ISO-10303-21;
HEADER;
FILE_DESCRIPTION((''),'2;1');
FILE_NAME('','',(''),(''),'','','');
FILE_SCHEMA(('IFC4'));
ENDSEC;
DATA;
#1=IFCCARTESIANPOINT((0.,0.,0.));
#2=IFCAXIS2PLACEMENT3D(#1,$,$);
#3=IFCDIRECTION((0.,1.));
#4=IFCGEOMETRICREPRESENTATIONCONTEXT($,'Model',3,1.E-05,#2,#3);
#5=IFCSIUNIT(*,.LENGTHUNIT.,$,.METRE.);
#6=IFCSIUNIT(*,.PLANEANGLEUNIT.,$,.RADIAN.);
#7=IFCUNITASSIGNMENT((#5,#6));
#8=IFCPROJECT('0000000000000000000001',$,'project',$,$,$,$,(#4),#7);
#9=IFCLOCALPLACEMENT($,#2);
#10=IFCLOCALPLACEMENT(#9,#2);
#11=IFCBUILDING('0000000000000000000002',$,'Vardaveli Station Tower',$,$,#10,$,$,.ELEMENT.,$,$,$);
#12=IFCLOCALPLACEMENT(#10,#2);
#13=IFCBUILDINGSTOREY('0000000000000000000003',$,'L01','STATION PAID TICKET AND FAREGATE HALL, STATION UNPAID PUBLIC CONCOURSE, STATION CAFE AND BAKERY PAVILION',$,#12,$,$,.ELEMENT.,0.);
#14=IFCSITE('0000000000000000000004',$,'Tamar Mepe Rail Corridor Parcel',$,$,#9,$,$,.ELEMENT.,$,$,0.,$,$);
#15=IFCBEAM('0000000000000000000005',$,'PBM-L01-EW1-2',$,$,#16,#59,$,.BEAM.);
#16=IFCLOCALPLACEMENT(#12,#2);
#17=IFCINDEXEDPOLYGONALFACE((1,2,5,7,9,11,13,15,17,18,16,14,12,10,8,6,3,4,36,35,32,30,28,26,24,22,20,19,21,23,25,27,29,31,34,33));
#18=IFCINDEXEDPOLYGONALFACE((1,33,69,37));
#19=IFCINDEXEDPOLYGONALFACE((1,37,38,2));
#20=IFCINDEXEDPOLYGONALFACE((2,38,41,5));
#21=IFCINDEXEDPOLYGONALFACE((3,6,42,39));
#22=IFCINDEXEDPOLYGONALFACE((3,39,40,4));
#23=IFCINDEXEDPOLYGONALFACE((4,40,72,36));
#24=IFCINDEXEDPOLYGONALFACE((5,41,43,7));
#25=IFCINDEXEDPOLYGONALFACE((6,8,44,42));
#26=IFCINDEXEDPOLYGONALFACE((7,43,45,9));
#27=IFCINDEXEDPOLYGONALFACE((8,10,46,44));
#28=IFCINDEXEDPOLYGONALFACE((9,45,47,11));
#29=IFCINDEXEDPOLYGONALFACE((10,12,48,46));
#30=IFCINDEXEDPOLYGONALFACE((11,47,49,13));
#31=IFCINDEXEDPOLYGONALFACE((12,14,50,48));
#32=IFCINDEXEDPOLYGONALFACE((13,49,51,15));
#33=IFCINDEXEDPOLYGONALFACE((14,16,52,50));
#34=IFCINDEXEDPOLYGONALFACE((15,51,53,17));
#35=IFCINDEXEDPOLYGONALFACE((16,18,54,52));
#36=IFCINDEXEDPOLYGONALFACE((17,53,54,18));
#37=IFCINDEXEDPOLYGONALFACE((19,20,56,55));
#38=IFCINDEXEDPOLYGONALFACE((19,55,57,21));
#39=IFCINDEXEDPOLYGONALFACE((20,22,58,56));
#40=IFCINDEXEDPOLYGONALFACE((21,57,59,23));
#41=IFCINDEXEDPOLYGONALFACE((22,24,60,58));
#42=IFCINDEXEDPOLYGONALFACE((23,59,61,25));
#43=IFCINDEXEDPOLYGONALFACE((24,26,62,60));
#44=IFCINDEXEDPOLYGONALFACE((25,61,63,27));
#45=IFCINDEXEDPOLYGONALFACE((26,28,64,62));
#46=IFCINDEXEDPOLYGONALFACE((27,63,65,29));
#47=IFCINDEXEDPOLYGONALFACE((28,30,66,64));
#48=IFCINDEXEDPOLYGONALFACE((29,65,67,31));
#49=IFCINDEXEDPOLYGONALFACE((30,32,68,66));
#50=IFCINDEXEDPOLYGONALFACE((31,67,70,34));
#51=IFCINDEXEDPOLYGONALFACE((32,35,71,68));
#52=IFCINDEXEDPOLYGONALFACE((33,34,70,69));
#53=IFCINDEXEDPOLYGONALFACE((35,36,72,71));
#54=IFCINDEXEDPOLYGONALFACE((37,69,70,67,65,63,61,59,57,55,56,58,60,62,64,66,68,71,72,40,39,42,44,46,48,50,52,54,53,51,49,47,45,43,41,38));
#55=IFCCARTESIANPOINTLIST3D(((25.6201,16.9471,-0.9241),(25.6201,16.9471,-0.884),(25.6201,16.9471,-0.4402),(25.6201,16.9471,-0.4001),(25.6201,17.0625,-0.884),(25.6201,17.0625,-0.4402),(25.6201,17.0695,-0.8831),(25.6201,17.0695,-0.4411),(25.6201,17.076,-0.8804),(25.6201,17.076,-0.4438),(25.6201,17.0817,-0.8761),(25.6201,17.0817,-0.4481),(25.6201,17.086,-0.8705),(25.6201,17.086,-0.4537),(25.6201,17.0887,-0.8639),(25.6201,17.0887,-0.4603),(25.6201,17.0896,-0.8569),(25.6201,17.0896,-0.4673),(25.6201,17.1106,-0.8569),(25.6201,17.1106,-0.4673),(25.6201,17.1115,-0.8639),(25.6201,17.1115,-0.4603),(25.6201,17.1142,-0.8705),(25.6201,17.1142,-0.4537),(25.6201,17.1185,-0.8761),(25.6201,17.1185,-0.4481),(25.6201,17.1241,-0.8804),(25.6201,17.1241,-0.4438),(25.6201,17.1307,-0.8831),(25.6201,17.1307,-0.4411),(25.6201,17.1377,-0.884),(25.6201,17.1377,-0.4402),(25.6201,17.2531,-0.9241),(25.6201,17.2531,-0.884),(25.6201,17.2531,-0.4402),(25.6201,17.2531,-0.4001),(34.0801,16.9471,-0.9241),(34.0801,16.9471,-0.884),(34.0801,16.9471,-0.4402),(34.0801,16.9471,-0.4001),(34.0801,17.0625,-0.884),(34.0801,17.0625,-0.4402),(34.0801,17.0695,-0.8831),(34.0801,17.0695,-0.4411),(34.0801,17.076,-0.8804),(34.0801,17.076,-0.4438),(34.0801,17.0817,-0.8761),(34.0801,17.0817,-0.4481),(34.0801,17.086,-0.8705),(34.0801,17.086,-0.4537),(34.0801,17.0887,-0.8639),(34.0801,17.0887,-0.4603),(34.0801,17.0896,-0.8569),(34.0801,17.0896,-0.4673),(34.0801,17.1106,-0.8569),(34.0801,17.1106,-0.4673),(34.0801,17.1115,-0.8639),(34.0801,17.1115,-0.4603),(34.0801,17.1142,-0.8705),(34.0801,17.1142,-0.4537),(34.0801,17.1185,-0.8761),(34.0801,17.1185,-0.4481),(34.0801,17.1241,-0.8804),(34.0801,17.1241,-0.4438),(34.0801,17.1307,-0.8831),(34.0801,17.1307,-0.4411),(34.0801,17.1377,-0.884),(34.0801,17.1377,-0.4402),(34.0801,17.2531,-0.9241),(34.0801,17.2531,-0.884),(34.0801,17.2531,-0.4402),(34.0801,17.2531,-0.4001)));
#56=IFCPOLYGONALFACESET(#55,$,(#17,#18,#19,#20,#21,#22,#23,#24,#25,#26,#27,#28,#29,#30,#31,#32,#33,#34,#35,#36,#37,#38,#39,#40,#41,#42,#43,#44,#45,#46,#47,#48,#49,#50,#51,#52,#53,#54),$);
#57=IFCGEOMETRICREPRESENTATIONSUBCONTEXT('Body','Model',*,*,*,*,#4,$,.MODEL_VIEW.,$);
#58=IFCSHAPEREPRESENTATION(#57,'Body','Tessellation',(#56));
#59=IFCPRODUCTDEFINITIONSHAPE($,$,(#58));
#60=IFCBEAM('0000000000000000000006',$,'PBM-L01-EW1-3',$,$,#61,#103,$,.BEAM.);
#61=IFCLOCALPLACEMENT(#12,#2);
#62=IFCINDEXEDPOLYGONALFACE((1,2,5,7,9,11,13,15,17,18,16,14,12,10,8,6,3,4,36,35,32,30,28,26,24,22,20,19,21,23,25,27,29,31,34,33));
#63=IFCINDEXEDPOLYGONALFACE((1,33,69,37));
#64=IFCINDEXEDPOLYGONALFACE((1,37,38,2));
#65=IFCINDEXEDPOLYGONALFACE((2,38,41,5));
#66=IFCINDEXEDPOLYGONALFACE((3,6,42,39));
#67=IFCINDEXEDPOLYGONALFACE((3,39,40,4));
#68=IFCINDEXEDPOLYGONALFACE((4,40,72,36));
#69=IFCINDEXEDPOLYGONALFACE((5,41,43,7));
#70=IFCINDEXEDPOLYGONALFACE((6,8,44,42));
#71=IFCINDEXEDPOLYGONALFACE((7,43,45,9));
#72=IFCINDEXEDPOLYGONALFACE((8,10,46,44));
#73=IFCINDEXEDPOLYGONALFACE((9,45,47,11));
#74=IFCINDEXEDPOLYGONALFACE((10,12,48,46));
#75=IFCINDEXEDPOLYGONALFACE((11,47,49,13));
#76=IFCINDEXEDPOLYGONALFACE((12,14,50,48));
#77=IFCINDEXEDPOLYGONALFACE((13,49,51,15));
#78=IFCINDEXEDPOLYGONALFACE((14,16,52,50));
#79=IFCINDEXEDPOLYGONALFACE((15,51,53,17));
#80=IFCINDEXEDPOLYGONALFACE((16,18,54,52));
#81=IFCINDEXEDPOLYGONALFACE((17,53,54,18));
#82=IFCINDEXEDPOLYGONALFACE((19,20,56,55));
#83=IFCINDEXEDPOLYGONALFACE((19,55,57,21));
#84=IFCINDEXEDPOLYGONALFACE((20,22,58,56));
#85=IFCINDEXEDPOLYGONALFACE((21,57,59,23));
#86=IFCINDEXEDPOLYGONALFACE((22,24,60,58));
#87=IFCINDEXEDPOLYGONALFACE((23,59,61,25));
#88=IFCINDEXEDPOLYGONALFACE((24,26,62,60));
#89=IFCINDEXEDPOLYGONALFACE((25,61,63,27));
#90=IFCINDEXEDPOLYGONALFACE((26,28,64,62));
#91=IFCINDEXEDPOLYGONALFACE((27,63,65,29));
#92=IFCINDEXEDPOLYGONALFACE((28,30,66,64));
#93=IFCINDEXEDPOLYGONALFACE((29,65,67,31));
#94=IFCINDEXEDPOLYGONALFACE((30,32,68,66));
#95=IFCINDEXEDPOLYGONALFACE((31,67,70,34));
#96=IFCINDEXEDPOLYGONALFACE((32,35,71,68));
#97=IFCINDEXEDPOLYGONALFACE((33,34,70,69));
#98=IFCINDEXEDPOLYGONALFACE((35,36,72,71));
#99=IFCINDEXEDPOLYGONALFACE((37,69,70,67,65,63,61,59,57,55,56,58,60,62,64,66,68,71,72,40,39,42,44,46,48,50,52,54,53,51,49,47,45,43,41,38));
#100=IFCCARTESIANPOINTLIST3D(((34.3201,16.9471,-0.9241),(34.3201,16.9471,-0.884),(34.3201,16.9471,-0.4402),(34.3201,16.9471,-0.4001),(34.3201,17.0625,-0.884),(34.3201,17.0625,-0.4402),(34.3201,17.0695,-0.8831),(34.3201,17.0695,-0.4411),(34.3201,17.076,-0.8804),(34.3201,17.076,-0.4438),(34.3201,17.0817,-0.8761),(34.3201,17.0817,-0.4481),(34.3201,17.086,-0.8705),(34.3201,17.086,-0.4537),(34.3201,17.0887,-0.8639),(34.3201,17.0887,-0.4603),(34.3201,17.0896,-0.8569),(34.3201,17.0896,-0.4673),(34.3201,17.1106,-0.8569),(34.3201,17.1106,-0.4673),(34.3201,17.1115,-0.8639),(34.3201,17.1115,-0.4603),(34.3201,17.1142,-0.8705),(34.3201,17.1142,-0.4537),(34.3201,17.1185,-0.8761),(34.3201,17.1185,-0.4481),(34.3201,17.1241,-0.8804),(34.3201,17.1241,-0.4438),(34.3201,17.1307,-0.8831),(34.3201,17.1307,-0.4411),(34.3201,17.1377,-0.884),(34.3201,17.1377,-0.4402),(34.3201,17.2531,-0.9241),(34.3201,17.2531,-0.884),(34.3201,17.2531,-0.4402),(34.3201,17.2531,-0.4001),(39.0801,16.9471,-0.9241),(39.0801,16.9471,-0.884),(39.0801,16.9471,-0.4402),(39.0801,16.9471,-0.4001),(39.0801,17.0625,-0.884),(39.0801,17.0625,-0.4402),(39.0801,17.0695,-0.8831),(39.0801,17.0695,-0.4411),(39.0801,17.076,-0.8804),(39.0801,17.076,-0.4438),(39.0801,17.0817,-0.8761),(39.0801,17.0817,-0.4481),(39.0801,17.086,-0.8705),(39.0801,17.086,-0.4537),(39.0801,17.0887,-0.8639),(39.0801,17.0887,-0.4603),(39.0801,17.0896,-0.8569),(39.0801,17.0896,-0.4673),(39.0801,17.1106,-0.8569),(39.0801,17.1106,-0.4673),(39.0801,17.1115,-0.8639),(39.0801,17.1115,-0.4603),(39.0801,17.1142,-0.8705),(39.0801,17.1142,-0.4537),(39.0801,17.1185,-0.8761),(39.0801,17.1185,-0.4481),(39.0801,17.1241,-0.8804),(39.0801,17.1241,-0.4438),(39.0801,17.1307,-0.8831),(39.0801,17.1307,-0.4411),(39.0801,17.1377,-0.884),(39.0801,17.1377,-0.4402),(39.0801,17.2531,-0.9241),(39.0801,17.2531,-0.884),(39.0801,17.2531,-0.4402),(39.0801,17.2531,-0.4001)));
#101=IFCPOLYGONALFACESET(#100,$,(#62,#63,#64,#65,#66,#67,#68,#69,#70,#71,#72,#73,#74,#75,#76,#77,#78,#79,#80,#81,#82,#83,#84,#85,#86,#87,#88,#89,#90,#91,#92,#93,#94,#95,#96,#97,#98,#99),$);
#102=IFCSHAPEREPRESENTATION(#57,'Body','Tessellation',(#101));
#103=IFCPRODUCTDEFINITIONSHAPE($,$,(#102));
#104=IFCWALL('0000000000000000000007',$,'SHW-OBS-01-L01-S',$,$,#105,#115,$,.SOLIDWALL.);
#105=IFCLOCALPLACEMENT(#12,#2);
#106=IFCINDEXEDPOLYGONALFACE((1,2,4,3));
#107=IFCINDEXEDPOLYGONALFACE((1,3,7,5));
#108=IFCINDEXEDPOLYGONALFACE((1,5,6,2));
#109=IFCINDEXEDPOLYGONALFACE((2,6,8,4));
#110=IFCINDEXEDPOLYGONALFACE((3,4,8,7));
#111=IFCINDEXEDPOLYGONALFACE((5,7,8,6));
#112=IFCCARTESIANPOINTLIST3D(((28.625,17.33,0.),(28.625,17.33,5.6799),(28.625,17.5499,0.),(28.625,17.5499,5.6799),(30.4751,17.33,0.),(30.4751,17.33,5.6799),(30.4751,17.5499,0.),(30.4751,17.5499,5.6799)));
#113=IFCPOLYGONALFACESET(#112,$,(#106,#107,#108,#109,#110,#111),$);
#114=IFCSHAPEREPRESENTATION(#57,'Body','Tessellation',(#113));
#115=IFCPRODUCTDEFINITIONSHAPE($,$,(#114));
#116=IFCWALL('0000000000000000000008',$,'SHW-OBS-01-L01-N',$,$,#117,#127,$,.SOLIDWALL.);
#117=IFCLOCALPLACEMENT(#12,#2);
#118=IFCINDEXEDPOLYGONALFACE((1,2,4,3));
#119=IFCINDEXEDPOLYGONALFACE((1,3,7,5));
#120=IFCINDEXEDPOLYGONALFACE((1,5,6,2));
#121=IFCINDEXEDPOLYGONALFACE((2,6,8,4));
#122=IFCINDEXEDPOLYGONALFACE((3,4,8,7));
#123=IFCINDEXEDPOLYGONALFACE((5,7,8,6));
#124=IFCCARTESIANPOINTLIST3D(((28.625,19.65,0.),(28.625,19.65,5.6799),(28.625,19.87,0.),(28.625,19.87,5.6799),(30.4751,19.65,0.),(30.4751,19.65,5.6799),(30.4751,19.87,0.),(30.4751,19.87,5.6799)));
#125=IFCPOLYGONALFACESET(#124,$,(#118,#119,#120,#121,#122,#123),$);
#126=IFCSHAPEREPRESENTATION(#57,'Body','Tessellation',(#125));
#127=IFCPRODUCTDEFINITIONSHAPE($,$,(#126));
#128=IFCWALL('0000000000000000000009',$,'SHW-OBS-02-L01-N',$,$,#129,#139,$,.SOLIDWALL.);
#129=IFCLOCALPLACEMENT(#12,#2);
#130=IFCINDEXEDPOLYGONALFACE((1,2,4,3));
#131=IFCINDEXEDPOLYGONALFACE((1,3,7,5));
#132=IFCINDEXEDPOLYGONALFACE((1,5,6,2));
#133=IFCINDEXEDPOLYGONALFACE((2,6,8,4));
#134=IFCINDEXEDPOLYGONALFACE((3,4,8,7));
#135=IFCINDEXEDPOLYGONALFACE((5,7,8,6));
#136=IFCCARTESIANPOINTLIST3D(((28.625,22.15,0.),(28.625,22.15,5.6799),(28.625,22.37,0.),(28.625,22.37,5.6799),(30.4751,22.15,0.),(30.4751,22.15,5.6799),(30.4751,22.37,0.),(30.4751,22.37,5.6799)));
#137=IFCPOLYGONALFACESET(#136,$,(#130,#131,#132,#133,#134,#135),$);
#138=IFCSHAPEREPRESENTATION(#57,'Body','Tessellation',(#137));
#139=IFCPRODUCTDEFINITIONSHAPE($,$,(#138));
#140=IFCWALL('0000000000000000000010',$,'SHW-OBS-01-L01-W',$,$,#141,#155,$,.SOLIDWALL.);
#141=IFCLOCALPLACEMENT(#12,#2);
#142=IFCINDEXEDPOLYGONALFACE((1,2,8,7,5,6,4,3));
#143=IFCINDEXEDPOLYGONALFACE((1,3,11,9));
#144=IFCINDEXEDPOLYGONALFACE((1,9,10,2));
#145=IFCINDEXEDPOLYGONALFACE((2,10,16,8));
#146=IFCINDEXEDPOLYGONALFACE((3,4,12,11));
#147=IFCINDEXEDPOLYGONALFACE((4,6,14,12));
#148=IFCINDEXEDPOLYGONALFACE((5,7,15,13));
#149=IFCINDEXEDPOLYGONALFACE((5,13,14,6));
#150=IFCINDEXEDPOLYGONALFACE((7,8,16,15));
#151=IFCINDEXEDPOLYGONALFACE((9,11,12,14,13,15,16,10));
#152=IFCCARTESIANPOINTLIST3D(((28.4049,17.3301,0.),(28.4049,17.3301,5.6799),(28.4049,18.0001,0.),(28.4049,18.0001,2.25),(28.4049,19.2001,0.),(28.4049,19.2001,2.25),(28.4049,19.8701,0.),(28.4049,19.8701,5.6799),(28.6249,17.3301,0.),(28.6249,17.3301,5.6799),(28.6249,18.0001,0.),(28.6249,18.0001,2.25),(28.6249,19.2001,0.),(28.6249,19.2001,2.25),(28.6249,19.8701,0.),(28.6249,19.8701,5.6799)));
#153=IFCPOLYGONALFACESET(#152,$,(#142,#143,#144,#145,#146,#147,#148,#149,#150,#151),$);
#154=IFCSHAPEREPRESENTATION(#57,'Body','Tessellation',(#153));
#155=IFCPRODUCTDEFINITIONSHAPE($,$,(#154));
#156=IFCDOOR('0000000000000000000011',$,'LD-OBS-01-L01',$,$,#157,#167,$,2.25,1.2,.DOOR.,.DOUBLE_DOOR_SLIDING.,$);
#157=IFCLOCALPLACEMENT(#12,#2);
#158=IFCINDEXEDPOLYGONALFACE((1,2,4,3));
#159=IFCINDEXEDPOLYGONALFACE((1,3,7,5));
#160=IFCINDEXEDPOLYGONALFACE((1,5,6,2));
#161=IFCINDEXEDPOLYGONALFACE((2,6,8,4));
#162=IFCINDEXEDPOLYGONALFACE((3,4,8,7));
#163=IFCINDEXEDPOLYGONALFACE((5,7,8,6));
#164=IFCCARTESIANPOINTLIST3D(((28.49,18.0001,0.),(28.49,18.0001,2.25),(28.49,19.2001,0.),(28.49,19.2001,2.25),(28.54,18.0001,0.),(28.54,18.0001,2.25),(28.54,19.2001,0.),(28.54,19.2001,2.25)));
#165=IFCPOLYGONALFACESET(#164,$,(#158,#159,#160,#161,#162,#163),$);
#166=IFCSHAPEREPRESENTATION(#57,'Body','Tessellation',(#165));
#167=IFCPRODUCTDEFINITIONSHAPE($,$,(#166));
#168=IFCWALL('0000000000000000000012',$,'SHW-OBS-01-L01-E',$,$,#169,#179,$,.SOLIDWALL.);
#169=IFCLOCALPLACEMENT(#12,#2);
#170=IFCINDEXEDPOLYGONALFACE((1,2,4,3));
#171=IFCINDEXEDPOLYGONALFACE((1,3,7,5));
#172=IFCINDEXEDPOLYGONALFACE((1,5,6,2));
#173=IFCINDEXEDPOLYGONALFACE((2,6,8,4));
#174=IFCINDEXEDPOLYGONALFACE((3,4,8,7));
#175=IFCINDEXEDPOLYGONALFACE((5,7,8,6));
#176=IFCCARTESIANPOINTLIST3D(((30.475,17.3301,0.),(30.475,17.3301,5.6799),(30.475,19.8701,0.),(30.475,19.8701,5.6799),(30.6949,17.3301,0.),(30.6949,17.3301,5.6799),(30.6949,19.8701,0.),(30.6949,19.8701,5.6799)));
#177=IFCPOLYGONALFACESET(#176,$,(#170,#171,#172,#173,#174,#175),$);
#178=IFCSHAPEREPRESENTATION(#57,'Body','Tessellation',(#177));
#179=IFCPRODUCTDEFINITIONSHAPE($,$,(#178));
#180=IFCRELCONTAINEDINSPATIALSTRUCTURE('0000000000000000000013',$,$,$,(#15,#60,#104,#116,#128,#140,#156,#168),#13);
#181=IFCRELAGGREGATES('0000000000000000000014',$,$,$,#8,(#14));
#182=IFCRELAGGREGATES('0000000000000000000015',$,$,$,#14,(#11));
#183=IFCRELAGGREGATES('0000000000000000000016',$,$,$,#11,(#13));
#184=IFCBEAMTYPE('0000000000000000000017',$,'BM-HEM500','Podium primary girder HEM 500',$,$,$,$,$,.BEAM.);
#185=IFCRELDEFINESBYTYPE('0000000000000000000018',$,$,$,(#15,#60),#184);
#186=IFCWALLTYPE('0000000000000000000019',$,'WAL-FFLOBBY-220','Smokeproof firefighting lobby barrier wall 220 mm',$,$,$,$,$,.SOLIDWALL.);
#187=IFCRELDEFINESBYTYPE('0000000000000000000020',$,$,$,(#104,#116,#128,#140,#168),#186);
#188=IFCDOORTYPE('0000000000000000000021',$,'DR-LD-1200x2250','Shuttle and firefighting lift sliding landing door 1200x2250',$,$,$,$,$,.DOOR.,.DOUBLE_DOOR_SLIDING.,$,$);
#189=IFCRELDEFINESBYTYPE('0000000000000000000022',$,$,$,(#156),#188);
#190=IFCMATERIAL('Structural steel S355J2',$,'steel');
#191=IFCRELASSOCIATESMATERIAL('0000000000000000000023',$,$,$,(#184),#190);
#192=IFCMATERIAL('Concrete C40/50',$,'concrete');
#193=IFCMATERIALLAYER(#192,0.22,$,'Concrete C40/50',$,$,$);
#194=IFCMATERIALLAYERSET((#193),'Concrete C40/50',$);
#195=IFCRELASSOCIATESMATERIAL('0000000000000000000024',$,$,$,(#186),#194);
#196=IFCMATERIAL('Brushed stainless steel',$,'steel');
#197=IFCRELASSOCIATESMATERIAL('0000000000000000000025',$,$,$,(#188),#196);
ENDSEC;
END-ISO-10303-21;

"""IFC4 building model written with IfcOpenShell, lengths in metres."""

from ifc_helpers import new_model, si_unit, direction, frame, frame_2d, origin, origin_2d, place, context, subcontext, project, spatial, rectangle, i_section, extrude, source, transform, mapped, material, layer, layer_set, material_profile, profile_set, type_object, element, fill, save


model = new_model("IFC4")

# Units and contexts
model_context = context("Model", 3, precision=1e-05, world=origin(), true_north=direction((0.0, 1.0)))
body_context = subcontext(model_context, "Body", "Model", "MODEL_VIEW")
ifc_project = project(units=[si_unit("LENGTHUNIT", "METRE"), si_unit("PLANEANGLEUNIT", "RADIAN")], contexts=[model_context])

# Site, building, storey
site_placement = place(None, origin())
site = spatial("IfcSite", under=ifc_project, at=site_placement, Name="Tamar Mepe Rail Corridor Parcel", CompositionType="ELEMENT", RefElevation=0.0)
building_placement = place(site_placement, origin())
building = spatial("IfcBuilding", under=site, at=building_placement, Name="Vardaveli Station Tower", CompositionType="ELEMENT")
storey_placement = place(building_placement, origin())
storey = spatial("IfcBuildingStorey", under=building, at=storey_placement, Name="L01", Description="STATION PAID TICKET AND FAREGATE HALL, STATION UNPAID PUBLIC CONCOURSE, STATION CAFE AND BAKERY PAVILION", CompositionType="ELEMENT", Elevation=0.0)

# Beams
ifc_material_1 = material(Name="Structural steel S355J2", Category="steel")
ifc_material_profile_1 = material_profile(ifc_material_1, i_section(OverallWidth=0.3059, OverallDepth=0.5239, WebThickness=0.021, FlangeThickness=0.04, FilletRadius=0.0271, at=origin_2d()), Name="HEM 500")
ifc_profile_set_1 = profile_set([ifc_material_profile_1], Name="Structural steel S355J2")
beam_type = type_object("IfcBeamType", Name="BM-HEM500", Description="Podium primary girder HEM 500", PredefinedType="BEAM", material=ifc_profile_set_1)
shared_shape_1 = source(origin(), body_context, "Body", "SweptSolid", [
    extrude(i_section(OverallWidth=0.3059, OverallDepth=0.5239, WebThickness=0.021, FlangeThickness=0.04, FilletRadius=0.0271, at=origin_2d()), origin(), (0.0, 0.0, 1.0), 8.46),
])
beam_1_placement = place(storey_placement, frame((25.6201, 17.1001, -0.6621), z_axis=(1.0, 0.0, 0.0), x_axis=(0.0, 1.0, 0.0)))
element("IfcBeam", 1, at=beam_1_placement, inside=storey, type_object=beam_type, Name="PBM-L01-EW1-2", PredefinedType="BEAM", context=body_context, shape_type="MappedRepresentation", body=[
    mapped(shared_shape_1, transform((0.0, 0.0, 0.0), scale=1.0)),
])
shared_shape_2 = source(origin(), body_context, "Body", "SweptSolid", [
    extrude(i_section(OverallWidth=0.3059, OverallDepth=0.5239, WebThickness=0.021, FlangeThickness=0.04, FilletRadius=0.0271, at=origin_2d()), origin(), (0.0, 0.0, 1.0), 4.76),
])
beam_2_placement = place(storey_placement, frame((34.3201, 17.1001, -0.6621), z_axis=(1.0, 0.0, 0.0), x_axis=(0.0, 1.0, 0.0)))
element("IfcBeam", 2, at=beam_2_placement, inside=storey, type_object=beam_type, Name="PBM-L01-EW1-3", PredefinedType="BEAM", context=body_context, shape_type="MappedRepresentation", body=[
    mapped(shared_shape_2, transform((0.0, 0.0, 0.0), scale=1.0)),
])

# Walls
ifc_material_2 = material(Name="Concrete C40/50", Category="concrete")
ifc_layer = layer(ifc_material_2, 0.22, Name="Concrete C40/50")
ifc_layer_set = layer_set([ifc_layer], Name="Concrete C40/50")
wall_type = type_object("IfcWallType", Name="WAL-FFLOBBY-220", Description="Smokeproof firefighting lobby barrier wall 220 mm", PredefinedType="SOLIDWALL", material=ifc_layer_set)
shared_shape_3 = source(origin(), body_context, "Body", "SweptSolid", [
    extrude(rectangle(XDim=1.8501, YDim=0.22, at=frame_2d((0.925, 0.0))), origin(), (0.0, 0.0, 1.0), 5.6799),
])
for number, where, z_axis, x_axis, name in (
    (3, (28.625, 17.4399, 0.0), (0.0, 0.0, 1.0), (1.0, 0.0, 0.0), "SHW-OBS-01-L01-S"),
    (4, (28.625, 19.76, 0.0), (0.0, 0.0, 1.0), (1.0, 0.0, 0.0), "SHW-OBS-01-L01-N"),
    (5, (28.625, 22.26, 0.0), (0.0, 0.0, 1.0), (1.0, 0.0, 0.0), "SHW-OBS-02-L01-N"),
):
    element("IfcWall", number, at=place(storey_placement, frame(where, z_axis=z_axis, x_axis=x_axis)), inside=storey, type_object=wall_type, Name=name, PredefinedType="SOLIDWALL", context=body_context, shape_type="MappedRepresentation", body=[
        mapped(shared_shape_3, transform((0.0, 0.0, 0.0), scale=1.0)),
    ])

# Wall, opening, door
shared_shape_4 = source(origin(), body_context, "Body", "SweptSolid", [
    extrude(rectangle(XDim=2.54, YDim=0.22, at=frame_2d((1.27, 0.0))), origin(), (0.0, 0.0, 1.0), 5.6799),
])
wall_1_placement = place(storey_placement, frame((28.5149, 17.3301, 0.0), z_axis=(0.0, 0.0, 1.0), x_axis=(0.0, 1.0, 0.0)))
wall_1 = element("IfcWall", 6, at=wall_1_placement, inside=storey, type_object=wall_type, Name="SHW-OBS-01-L01-W", PredefinedType="SOLIDWALL", context=body_context, shape_type="MappedRepresentation", body=[
    mapped(shared_shape_4, transform((0.0, 0.0, 0.0), scale=1.0)),
])
shared_shape_5 = source(origin(), body_context, "Body", "SweptSolid", [
    extrude(rectangle(XDim=1.2, YDim=2.25, at=frame_2d((0.6001, 1.125))), frame((0.0, 0.1201, 0.0), z_axis=(0.0, -1.0, 0.0), x_axis=(1.0, 0.0, 0.0)), (0.0, 0.0, 1.0), 0.24),
])
opening_1_placement = place(wall_1_placement, frame((0.6699, 0.0, 0.0)))
opening_1 = element("IfcOpeningElement", 7, at=opening_1_placement, cuts=wall_1, PredefinedType="OPENING", context=body_context, shape_type="MappedRepresentation", body=[
    mapped(shared_shape_5, transform((0.0, 0.0, 0.0), scale=1.0)),
])
ifc_material_3 = material(Name="Brushed stainless steel", Category="steel")
door_type = type_object("IfcDoorType", Name="DR-LD-1200x2250", Description="Shuttle and firefighting lift sliding landing door 1200x2250", OperationType="DOUBLE_DOOR_SLIDING", PredefinedType="DOOR", material=ifc_material_3)
shared_shape_6 = source(origin(), body_context, "Body", "SweptSolid", [
    extrude(rectangle(XDim=1.2, YDim=2.25, at=frame_2d((0.6001, 1.125))), frame((0.0, 0.0249, 0.0), z_axis=(0.0, -1.0, 0.0), x_axis=(1.0, 0.0, 0.0)), (0.0, 0.0, 1.0), 0.05),
])
door_1_placement = place(opening_1_placement, origin())
door_1 = element("IfcDoor", 8, at=door_1_placement, inside=storey, type_object=door_type, Name="LD-OBS-01-L01", OperationType="DOUBLE_DOOR_SLIDING", OverallHeight=2.25, OverallWidth=1.2, PredefinedType="DOOR", context=body_context, shape_type="MappedRepresentation", body=[
    mapped(shared_shape_6, transform((0.0, 0.0, 0.0), scale=1.0)),
])
fill(opening_1, door_1)

# Wall
wall_2_placement = place(storey_placement, frame((30.585, 17.3301, 0.0), z_axis=(0.0, 0.0, 1.0), x_axis=(0.0, 1.0, 0.0)))
element("IfcWall", 9, at=wall_2_placement, inside=storey, type_object=wall_type, Name="SHW-OBS-01-L01-E", PredefinedType="SOLIDWALL", context=body_context, shape_type="MappedRepresentation", body=[
    mapped(shared_shape_4, transform((0.0, 0.0, 0.0), scale=1.0)),
])

save(model, "model.ifc")
